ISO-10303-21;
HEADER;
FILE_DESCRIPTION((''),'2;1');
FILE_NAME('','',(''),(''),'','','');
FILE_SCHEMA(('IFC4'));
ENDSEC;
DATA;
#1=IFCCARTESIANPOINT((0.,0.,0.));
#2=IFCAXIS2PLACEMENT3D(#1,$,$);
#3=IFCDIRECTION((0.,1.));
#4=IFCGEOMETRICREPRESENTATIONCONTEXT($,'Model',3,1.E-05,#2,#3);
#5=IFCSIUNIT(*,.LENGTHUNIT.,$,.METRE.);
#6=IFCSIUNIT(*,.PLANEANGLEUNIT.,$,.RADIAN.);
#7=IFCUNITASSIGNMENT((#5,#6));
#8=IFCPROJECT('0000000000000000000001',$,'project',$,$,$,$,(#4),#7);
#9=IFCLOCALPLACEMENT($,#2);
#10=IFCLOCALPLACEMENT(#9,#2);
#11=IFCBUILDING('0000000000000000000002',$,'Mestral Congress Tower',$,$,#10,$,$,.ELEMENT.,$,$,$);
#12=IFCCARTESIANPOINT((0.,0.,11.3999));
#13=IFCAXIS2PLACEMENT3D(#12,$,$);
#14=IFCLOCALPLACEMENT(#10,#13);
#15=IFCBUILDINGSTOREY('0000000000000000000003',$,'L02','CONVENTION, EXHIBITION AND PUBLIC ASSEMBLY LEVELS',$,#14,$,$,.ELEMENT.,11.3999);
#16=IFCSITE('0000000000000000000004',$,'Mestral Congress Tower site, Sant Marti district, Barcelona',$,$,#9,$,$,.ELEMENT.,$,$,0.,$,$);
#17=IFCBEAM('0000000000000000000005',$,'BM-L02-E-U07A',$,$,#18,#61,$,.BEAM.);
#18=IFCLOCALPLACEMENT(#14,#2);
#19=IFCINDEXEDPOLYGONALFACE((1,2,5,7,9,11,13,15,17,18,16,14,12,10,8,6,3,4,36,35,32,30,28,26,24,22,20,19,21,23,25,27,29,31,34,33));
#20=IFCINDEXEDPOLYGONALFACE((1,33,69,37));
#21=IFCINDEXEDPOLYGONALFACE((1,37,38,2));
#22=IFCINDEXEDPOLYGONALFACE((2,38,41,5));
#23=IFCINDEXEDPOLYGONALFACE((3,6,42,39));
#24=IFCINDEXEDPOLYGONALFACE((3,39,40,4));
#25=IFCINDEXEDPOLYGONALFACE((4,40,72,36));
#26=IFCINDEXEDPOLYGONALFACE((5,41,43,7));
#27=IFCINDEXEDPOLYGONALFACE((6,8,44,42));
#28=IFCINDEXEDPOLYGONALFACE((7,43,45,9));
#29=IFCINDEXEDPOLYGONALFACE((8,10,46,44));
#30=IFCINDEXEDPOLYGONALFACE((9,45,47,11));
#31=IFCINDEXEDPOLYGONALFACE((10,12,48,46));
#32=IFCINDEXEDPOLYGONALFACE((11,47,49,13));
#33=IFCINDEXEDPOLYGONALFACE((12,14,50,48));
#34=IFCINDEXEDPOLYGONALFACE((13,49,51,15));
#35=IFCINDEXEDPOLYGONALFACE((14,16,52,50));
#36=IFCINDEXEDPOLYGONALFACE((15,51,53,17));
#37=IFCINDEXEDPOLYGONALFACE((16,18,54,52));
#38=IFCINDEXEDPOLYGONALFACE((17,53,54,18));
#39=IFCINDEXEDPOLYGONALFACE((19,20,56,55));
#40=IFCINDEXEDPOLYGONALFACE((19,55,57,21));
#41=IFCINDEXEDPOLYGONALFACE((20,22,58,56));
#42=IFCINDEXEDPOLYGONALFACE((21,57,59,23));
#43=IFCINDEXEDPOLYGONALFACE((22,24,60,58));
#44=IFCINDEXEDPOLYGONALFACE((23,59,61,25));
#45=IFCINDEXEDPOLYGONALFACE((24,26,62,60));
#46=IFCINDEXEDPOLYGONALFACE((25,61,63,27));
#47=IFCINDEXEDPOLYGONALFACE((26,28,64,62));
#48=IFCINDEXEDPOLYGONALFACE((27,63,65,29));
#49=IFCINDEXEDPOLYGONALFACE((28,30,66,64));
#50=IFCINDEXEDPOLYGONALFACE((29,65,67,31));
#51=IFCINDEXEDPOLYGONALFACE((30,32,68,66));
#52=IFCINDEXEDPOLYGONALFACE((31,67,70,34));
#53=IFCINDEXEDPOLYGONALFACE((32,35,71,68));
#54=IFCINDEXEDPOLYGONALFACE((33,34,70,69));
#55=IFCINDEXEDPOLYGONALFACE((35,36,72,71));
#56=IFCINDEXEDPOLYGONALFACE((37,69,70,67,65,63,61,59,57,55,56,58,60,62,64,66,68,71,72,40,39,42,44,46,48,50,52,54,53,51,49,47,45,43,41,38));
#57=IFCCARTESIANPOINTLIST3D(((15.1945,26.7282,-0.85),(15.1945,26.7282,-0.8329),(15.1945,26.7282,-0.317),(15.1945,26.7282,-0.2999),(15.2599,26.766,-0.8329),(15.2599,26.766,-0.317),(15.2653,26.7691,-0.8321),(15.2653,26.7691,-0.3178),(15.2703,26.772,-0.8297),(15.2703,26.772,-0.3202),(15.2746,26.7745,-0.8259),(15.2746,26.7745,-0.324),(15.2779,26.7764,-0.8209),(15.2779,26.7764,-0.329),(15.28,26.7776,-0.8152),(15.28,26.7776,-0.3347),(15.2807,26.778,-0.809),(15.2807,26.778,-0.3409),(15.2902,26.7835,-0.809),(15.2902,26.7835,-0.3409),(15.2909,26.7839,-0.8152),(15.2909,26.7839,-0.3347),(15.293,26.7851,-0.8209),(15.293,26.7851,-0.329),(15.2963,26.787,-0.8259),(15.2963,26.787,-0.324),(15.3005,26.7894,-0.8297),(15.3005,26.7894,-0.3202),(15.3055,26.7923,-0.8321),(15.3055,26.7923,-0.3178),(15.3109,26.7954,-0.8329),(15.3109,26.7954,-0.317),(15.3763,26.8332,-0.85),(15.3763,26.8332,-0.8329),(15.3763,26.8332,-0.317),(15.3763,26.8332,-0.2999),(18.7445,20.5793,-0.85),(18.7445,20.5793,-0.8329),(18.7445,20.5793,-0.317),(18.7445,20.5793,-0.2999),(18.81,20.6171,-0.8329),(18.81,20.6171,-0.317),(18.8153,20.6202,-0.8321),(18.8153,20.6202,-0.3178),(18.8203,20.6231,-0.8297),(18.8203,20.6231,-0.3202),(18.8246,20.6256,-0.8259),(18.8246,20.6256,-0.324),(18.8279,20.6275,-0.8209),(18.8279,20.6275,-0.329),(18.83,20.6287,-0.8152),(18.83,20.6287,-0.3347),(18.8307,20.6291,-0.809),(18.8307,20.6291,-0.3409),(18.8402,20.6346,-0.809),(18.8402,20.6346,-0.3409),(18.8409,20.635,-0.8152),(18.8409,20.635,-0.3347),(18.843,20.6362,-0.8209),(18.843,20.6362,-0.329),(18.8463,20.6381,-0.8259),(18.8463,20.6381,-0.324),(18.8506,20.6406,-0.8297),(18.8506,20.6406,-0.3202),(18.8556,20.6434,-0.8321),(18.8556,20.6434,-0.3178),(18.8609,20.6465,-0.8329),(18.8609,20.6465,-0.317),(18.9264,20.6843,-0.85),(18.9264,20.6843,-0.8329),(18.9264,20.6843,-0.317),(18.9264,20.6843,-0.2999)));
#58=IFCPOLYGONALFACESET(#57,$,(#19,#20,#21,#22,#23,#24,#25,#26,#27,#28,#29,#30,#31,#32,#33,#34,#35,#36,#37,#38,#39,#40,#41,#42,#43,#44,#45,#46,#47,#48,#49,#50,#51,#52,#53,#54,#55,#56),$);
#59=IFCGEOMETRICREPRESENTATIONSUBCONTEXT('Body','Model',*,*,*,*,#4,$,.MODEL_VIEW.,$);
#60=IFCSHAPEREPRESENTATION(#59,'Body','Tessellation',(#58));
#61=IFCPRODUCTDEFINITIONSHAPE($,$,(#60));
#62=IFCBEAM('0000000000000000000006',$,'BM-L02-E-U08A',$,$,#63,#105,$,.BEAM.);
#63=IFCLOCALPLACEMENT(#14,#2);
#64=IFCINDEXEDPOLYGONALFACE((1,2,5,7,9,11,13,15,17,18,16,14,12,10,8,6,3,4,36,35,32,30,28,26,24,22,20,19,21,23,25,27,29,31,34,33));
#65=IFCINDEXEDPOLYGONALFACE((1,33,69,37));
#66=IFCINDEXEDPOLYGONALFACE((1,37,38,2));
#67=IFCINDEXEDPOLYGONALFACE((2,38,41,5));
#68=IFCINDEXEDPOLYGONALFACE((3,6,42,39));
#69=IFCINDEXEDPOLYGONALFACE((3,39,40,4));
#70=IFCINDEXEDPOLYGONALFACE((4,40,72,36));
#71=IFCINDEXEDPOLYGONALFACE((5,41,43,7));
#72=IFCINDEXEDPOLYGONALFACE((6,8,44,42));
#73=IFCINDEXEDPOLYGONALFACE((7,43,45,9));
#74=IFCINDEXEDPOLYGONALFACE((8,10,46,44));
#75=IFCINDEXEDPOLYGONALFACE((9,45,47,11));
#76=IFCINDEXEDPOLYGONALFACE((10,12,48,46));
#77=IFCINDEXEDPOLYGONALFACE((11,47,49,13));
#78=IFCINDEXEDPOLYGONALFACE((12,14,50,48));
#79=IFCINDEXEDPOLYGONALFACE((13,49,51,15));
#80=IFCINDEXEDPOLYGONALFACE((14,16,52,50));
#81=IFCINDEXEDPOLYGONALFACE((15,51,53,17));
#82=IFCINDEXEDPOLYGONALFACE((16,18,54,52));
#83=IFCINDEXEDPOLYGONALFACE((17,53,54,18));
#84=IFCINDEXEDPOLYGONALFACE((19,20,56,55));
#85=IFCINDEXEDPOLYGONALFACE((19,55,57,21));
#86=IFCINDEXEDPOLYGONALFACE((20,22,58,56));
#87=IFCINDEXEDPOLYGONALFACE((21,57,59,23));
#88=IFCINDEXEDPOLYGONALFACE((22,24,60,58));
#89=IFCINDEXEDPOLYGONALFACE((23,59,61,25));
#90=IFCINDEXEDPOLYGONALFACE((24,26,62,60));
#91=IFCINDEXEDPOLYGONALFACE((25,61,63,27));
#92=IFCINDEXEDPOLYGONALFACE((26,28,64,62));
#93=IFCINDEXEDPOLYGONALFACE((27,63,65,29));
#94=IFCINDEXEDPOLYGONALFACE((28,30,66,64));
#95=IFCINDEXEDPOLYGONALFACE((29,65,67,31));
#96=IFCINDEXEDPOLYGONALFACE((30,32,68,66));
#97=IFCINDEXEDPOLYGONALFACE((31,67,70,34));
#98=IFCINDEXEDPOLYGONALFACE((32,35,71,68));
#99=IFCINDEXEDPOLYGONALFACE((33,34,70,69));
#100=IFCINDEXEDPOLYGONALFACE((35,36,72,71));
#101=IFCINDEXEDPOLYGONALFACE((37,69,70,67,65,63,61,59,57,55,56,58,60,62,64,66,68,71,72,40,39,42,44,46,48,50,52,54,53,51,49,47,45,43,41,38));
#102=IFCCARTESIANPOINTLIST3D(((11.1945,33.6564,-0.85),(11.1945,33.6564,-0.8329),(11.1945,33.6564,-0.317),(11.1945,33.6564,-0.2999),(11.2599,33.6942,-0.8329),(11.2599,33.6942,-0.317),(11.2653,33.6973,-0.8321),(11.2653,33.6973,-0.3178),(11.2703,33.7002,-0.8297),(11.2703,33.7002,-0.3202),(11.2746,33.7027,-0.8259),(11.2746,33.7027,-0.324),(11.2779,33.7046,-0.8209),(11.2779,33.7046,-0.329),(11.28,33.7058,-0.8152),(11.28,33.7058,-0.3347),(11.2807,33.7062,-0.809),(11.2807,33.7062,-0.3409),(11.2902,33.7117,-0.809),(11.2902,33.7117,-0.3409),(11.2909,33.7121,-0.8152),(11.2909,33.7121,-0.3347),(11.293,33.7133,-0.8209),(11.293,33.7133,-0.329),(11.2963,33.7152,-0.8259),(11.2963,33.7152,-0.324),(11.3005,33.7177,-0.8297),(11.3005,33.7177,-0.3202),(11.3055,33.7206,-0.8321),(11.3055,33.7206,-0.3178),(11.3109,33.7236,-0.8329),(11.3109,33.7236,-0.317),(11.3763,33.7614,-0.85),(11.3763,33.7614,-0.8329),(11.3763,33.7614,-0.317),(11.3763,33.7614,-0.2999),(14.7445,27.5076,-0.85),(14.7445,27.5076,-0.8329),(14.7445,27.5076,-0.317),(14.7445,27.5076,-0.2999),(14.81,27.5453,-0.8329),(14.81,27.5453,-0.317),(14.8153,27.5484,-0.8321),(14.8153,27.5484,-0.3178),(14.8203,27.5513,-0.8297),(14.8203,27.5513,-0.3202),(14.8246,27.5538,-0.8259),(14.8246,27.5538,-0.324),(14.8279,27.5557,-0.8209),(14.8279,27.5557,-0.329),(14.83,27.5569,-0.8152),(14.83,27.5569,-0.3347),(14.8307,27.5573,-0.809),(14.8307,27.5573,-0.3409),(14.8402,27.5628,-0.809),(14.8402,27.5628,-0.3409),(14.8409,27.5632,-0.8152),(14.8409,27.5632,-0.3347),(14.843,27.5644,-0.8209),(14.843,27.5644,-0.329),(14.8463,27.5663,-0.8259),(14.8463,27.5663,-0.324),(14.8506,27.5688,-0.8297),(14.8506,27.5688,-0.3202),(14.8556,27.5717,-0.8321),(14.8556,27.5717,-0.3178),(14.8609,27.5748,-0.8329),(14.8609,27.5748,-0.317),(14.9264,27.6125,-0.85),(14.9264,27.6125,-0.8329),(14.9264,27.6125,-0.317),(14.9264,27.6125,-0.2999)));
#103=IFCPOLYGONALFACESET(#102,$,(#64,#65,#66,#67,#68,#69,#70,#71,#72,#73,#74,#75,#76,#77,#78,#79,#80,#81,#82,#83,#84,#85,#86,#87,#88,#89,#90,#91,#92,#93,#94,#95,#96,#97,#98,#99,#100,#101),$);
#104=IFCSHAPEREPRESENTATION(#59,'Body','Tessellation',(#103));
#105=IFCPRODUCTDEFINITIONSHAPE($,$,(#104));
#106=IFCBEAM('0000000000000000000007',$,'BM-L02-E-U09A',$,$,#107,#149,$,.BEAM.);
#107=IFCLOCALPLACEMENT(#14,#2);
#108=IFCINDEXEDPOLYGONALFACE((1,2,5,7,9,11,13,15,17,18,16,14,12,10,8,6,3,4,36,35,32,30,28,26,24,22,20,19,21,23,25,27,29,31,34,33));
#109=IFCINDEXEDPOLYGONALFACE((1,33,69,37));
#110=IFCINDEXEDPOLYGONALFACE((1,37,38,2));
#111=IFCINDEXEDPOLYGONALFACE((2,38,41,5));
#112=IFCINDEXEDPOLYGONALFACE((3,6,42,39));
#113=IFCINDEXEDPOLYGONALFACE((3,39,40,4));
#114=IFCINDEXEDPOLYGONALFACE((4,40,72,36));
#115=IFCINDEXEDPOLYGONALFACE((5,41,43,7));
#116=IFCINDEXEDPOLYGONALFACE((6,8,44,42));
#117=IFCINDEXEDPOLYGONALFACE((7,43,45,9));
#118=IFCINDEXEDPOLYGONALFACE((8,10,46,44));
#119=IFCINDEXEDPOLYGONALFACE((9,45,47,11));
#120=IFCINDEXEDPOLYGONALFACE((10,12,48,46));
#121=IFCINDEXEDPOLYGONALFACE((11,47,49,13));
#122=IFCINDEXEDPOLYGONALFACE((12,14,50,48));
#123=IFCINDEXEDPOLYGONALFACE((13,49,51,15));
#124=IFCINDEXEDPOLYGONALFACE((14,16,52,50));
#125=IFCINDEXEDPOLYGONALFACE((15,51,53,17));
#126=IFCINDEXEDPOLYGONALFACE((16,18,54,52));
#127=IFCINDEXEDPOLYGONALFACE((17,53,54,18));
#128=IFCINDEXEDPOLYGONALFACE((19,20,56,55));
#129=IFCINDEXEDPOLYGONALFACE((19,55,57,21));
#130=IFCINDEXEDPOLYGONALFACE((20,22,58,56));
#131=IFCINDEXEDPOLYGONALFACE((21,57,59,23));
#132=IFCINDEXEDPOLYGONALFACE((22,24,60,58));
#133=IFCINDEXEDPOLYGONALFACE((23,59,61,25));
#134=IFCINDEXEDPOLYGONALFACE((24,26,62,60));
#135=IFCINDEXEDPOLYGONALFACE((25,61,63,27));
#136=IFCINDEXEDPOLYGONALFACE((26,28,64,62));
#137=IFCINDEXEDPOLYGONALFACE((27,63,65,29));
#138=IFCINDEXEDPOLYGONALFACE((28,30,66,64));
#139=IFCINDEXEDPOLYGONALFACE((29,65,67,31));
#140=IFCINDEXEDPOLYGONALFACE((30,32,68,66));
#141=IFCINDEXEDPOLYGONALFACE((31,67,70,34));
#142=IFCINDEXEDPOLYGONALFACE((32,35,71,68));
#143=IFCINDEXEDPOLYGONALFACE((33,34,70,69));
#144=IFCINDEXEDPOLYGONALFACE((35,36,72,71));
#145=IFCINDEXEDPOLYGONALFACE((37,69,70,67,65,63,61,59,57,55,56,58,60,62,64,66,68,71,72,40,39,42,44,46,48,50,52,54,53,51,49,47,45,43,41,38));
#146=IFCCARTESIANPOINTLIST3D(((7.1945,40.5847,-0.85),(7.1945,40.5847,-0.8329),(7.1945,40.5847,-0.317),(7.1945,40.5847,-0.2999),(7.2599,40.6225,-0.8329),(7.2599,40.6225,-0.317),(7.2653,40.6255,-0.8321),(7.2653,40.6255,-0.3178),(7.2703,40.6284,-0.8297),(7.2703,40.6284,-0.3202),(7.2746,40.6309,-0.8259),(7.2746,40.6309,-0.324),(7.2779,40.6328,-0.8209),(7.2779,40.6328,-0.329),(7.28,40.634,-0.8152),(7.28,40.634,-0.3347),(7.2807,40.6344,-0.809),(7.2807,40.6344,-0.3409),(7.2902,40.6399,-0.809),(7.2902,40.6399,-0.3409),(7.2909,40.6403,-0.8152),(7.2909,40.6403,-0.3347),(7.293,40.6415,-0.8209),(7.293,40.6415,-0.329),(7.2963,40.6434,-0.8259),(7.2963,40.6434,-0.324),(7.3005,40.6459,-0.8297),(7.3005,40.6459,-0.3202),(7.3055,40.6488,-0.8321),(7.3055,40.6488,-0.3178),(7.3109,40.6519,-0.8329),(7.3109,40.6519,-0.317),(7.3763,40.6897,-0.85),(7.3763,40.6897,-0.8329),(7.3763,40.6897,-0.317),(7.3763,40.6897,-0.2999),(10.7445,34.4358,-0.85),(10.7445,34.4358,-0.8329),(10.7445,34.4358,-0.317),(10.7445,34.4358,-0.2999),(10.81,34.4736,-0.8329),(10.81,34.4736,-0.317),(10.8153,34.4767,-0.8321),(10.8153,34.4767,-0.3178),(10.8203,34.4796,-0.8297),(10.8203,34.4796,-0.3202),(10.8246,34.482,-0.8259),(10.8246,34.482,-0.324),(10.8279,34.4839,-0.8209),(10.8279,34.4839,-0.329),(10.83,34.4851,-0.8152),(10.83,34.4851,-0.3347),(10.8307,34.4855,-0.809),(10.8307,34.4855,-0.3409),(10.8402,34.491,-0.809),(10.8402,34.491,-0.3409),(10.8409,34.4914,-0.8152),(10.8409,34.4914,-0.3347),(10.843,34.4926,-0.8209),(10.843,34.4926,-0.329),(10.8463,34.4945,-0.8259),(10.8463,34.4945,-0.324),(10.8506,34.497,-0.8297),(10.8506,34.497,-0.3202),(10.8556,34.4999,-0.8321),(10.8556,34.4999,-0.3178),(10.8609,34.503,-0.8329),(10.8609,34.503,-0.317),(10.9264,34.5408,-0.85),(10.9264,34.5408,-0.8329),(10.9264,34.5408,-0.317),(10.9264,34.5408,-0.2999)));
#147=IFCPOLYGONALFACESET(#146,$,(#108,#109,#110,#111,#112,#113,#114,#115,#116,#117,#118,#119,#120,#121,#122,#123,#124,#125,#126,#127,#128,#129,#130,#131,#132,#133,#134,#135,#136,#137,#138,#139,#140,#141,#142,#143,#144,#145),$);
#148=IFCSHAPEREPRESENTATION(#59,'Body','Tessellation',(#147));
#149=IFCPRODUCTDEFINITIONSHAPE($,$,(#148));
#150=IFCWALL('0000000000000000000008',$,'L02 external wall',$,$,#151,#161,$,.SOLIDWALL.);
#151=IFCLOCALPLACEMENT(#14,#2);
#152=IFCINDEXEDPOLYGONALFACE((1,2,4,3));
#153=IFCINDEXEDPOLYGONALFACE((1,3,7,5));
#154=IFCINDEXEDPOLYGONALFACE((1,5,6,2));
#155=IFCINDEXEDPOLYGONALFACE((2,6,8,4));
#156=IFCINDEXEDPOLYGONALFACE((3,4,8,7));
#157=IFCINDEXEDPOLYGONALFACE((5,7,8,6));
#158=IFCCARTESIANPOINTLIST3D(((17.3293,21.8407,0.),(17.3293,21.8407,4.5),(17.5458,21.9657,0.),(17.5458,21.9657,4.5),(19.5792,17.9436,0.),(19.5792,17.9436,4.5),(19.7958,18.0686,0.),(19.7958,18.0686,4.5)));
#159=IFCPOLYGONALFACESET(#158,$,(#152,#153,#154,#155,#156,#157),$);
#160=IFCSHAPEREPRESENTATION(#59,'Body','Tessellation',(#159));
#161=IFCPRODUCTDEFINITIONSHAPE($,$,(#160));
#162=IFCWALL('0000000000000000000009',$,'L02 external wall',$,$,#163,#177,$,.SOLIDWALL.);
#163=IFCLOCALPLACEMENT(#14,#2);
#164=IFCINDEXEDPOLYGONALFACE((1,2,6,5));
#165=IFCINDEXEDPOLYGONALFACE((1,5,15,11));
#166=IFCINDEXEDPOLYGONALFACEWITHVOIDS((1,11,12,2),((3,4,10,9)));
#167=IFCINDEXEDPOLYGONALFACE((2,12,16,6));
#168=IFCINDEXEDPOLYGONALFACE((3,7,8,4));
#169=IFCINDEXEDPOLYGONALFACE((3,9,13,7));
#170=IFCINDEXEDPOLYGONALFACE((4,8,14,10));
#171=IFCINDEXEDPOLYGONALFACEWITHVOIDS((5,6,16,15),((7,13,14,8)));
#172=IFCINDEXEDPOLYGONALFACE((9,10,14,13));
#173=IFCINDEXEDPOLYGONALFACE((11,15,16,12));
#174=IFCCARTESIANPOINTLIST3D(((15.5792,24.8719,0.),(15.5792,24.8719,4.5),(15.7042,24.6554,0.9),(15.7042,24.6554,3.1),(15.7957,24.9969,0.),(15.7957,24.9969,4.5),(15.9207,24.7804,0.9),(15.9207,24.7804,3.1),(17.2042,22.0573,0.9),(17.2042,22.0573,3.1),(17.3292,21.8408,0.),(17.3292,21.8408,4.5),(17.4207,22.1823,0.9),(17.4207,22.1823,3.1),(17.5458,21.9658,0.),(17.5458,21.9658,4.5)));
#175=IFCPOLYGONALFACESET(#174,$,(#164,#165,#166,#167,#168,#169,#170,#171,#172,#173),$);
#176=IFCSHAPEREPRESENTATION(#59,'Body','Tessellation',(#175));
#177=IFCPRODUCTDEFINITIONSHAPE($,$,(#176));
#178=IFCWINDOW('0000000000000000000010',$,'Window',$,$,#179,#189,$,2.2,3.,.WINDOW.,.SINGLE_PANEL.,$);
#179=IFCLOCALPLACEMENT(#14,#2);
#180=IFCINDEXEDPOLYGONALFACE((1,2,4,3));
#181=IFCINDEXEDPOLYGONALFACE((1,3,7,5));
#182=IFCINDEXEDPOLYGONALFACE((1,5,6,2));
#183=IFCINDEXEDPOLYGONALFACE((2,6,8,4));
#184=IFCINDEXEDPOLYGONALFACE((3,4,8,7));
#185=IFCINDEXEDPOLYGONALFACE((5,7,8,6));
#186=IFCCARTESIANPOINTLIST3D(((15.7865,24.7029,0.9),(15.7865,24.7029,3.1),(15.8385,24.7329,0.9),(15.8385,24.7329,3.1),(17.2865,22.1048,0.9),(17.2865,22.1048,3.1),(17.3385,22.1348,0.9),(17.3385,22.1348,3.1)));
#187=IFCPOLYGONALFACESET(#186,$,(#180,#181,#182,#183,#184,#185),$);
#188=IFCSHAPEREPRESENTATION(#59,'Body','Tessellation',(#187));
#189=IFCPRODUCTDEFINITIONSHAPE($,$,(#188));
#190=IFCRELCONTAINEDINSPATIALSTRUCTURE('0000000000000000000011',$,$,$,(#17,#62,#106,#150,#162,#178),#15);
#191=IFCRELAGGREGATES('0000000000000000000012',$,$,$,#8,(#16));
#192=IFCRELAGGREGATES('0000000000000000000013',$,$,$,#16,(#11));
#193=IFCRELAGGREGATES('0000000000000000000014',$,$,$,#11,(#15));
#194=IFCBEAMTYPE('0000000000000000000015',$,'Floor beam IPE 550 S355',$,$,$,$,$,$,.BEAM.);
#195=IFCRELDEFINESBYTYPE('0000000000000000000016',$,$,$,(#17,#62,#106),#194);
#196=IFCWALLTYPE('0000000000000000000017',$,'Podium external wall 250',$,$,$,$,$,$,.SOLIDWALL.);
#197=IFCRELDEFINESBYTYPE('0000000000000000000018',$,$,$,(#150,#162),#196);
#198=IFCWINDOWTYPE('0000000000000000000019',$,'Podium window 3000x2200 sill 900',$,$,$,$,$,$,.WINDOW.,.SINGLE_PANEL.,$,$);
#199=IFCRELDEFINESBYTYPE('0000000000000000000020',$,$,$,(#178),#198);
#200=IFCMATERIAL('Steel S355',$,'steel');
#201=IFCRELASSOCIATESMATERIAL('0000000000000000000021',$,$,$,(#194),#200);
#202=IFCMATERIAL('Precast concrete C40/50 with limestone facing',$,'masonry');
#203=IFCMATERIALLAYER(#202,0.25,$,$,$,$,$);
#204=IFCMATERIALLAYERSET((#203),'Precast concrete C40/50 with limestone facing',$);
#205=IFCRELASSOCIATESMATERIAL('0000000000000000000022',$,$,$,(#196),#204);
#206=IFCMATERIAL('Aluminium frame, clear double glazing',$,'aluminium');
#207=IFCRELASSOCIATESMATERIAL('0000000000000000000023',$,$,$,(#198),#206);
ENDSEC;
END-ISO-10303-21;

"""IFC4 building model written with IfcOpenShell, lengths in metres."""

from ifc_helpers import new_model, si_unit, direction, frame, frame_2d, origin, origin_2d, place, context, subcontext, project, spatial, rectangle, i_section, extrude, material, layer, layer_set, material_profile, profile_set, type_object, element, fill, save


model = new_model("IFC4")

# Units and contexts
model_context = context("Model", 3, precision=1e-05, world=origin(), true_north=direction((0.0, 1.0)))
body_context = subcontext(model_context, "Body", "Model", "MODEL_VIEW")
ifc_project = project(units=[si_unit("LENGTHUNIT", "METRE"), si_unit("PLANEANGLEUNIT", "RADIAN")], contexts=[model_context])

# Site, building, storey
site_placement = place(None, origin())
site = spatial("IfcSite", under=ifc_project, at=site_placement, Name="Mestral Congress Tower site, Sant Marti district, Barcelona", CompositionType="ELEMENT", RefElevation=0.0)
building_placement = place(site_placement, origin())
building = spatial("IfcBuilding", under=site, at=building_placement, Name="Mestral Congress Tower", CompositionType="ELEMENT")
storey_placement = place(building_placement, frame((0.0, 0.0, 11.3999)))
storey = spatial("IfcBuildingStorey", under=building, at=storey_placement, Name="L02", Description="CONVENTION, EXHIBITION AND PUBLIC ASSEMBLY LEVELS", CompositionType="ELEMENT", Elevation=11.3999)

# Beams
ifc_material_1 = material(Name="Steel S355", Category="steel")
ifc_material_profile_1 = material_profile(ifc_material_1, i_section(OverallWidth=0.21, OverallDepth=0.55, WebThickness=0.011, FlangeThickness=0.0171, FilletRadius=0.0239, at=origin_2d()), Name="IPE 550")
ifc_profile_set_1 = profile_set([ifc_material_profile_1], Name="Steel S355")
beam_type_1 = type_object("IfcBeamType", Name="Floor beam IPE 550 S355", PredefinedType="BEAM", material=ifc_profile_set_1)
for number, where, z_axis, x_axis, name in (
    (1, (18.8354, 20.6318, -0.575), (-0.499996, 0.866028, 0.0), (-0.866028, -0.499996, 0.0), "BM-L02-E-U07A"),
    (2, (14.8354, 27.5601, -0.575), (-0.499996, 0.866028, 0.0), (-0.866028, -0.499996, 0.0), "BM-L02-E-U08A"),
    (3, (10.8354, 34.4883, -0.575), (-0.499996, 0.866028, 0.0), (-0.866028, -0.499996, 0.0), "BM-L02-E-U09A"),
):
    element("IfcBeam", number, at=place(storey_placement, frame(where, z_axis=z_axis, x_axis=x_axis)), inside=storey, type_object=beam_type_1, Name=name, PredefinedType="BEAM", context=body_context, shape_type="SweptSolid", body=[
        extrude(i_section(OverallWidth=0.21, OverallDepth=0.55, WebThickness=0.011, FlangeThickness=0.0171, FilletRadius=0.0239, at=origin_2d()), origin(), (0.0, 0.0, 1.0), 7.1001),
    ])

# Wall
ifc_material_2 = material(Name="Precast concrete C40/50 with limestone facing", Category="masonry")
ifc_layer_1 = layer(ifc_material_2, 0.25)
ifc_layer_set_1 = layer_set([ifc_layer_1], Name="Precast concrete C40/50 with limestone facing")
wall_type_1 = type_object("IfcWallType", Name="Podium external wall 250", PredefinedType="SOLIDWALL", material=ifc_layer_set_1)
wall_1_placement = place(storey_placement, frame((19.6875, 18.0061, 0.0), z_axis=(0.0, 0.0, 1.0), x_axis=(-0.49999, 0.866031, 0.0)))
element("IfcWall", 4, at=wall_1_placement, inside=storey, type_object=wall_type_1, Name="L02 external wall", PredefinedType="SOLIDWALL", context=body_context, shape_type="SweptSolid", body=[
    extrude(rectangle(XDim=4.5, YDim=0.25, at=frame_2d((2.25, 0.0))), origin(), (0.0, 0.0, 1.0), 4.5),
])

# Wall, opening, window
wall_2_placement = place(storey_placement, frame((17.4375, 21.9033, 0.0), z_axis=(0.0, 0.0, 1.0), x_axis=(-0.50001, 0.866019, 0.0)))
wall_2 = element("IfcWall", 5, at=wall_2_placement, inside=storey, type_object=wall_type_1, Name="L02 external wall", PredefinedType="SOLIDWALL", context=body_context, shape_type="SweptSolid", body=[
    extrude(rectangle(XDim=3.5, YDim=0.25, at=frame_2d((1.75, 0.0))), origin(), (0.0, 0.0, 1.0), 4.5),
])
opening_1_placement = place(wall_2_placement, frame((0.25, 0.0, 0.8999)))
opening_1 = element("IfcOpeningElement", 6, at=opening_1_placement, cuts=wall_2, PredefinedType="OPENING", context=body_context, shape_type="SweptSolid", body=[
    extrude(rectangle(XDim=3.0, YDim=2.2, at=frame_2d((1.5, 1.1001))), frame((0.0, 0.135, 0.0), z_axis=(0.0, -1.0, 0.0), x_axis=(1.0, 0.0, 0.0)), (0.0, 0.0, 1.0), 0.27),
])
ifc_material_3 = material(Name="Aluminium frame, clear double glazing", Category="aluminium")
window_type = type_object("IfcWindowType", Name="Podium window 3000x2200 sill 900", PartitioningType="SINGLE_PANEL", PredefinedType="WINDOW", material=ifc_material_3)
window_1_placement = place(opening_1_placement, origin())
window_1 = element("IfcWindow", 7, at=window_1_placement, inside=storey, type_object=window_type, Name="Window", OverallHeight=2.2, OverallWidth=3.0, PartitioningType="SINGLE_PANEL", PredefinedType="WINDOW", context=body_context, shape_type="SweptSolid", body=[
    extrude(rectangle(XDim=3.0, YDim=2.2, at=frame_2d((1.5, 1.1001))), frame((0.0, 0.03, 0.0), z_axis=(0.0, -1.0, 0.0), x_axis=(1.0, 0.0, 0.0)), (0.0, 0.0, 1.0), 0.0601),
])
fill(opening_1, window_1)

save(model, "model.ifc")
